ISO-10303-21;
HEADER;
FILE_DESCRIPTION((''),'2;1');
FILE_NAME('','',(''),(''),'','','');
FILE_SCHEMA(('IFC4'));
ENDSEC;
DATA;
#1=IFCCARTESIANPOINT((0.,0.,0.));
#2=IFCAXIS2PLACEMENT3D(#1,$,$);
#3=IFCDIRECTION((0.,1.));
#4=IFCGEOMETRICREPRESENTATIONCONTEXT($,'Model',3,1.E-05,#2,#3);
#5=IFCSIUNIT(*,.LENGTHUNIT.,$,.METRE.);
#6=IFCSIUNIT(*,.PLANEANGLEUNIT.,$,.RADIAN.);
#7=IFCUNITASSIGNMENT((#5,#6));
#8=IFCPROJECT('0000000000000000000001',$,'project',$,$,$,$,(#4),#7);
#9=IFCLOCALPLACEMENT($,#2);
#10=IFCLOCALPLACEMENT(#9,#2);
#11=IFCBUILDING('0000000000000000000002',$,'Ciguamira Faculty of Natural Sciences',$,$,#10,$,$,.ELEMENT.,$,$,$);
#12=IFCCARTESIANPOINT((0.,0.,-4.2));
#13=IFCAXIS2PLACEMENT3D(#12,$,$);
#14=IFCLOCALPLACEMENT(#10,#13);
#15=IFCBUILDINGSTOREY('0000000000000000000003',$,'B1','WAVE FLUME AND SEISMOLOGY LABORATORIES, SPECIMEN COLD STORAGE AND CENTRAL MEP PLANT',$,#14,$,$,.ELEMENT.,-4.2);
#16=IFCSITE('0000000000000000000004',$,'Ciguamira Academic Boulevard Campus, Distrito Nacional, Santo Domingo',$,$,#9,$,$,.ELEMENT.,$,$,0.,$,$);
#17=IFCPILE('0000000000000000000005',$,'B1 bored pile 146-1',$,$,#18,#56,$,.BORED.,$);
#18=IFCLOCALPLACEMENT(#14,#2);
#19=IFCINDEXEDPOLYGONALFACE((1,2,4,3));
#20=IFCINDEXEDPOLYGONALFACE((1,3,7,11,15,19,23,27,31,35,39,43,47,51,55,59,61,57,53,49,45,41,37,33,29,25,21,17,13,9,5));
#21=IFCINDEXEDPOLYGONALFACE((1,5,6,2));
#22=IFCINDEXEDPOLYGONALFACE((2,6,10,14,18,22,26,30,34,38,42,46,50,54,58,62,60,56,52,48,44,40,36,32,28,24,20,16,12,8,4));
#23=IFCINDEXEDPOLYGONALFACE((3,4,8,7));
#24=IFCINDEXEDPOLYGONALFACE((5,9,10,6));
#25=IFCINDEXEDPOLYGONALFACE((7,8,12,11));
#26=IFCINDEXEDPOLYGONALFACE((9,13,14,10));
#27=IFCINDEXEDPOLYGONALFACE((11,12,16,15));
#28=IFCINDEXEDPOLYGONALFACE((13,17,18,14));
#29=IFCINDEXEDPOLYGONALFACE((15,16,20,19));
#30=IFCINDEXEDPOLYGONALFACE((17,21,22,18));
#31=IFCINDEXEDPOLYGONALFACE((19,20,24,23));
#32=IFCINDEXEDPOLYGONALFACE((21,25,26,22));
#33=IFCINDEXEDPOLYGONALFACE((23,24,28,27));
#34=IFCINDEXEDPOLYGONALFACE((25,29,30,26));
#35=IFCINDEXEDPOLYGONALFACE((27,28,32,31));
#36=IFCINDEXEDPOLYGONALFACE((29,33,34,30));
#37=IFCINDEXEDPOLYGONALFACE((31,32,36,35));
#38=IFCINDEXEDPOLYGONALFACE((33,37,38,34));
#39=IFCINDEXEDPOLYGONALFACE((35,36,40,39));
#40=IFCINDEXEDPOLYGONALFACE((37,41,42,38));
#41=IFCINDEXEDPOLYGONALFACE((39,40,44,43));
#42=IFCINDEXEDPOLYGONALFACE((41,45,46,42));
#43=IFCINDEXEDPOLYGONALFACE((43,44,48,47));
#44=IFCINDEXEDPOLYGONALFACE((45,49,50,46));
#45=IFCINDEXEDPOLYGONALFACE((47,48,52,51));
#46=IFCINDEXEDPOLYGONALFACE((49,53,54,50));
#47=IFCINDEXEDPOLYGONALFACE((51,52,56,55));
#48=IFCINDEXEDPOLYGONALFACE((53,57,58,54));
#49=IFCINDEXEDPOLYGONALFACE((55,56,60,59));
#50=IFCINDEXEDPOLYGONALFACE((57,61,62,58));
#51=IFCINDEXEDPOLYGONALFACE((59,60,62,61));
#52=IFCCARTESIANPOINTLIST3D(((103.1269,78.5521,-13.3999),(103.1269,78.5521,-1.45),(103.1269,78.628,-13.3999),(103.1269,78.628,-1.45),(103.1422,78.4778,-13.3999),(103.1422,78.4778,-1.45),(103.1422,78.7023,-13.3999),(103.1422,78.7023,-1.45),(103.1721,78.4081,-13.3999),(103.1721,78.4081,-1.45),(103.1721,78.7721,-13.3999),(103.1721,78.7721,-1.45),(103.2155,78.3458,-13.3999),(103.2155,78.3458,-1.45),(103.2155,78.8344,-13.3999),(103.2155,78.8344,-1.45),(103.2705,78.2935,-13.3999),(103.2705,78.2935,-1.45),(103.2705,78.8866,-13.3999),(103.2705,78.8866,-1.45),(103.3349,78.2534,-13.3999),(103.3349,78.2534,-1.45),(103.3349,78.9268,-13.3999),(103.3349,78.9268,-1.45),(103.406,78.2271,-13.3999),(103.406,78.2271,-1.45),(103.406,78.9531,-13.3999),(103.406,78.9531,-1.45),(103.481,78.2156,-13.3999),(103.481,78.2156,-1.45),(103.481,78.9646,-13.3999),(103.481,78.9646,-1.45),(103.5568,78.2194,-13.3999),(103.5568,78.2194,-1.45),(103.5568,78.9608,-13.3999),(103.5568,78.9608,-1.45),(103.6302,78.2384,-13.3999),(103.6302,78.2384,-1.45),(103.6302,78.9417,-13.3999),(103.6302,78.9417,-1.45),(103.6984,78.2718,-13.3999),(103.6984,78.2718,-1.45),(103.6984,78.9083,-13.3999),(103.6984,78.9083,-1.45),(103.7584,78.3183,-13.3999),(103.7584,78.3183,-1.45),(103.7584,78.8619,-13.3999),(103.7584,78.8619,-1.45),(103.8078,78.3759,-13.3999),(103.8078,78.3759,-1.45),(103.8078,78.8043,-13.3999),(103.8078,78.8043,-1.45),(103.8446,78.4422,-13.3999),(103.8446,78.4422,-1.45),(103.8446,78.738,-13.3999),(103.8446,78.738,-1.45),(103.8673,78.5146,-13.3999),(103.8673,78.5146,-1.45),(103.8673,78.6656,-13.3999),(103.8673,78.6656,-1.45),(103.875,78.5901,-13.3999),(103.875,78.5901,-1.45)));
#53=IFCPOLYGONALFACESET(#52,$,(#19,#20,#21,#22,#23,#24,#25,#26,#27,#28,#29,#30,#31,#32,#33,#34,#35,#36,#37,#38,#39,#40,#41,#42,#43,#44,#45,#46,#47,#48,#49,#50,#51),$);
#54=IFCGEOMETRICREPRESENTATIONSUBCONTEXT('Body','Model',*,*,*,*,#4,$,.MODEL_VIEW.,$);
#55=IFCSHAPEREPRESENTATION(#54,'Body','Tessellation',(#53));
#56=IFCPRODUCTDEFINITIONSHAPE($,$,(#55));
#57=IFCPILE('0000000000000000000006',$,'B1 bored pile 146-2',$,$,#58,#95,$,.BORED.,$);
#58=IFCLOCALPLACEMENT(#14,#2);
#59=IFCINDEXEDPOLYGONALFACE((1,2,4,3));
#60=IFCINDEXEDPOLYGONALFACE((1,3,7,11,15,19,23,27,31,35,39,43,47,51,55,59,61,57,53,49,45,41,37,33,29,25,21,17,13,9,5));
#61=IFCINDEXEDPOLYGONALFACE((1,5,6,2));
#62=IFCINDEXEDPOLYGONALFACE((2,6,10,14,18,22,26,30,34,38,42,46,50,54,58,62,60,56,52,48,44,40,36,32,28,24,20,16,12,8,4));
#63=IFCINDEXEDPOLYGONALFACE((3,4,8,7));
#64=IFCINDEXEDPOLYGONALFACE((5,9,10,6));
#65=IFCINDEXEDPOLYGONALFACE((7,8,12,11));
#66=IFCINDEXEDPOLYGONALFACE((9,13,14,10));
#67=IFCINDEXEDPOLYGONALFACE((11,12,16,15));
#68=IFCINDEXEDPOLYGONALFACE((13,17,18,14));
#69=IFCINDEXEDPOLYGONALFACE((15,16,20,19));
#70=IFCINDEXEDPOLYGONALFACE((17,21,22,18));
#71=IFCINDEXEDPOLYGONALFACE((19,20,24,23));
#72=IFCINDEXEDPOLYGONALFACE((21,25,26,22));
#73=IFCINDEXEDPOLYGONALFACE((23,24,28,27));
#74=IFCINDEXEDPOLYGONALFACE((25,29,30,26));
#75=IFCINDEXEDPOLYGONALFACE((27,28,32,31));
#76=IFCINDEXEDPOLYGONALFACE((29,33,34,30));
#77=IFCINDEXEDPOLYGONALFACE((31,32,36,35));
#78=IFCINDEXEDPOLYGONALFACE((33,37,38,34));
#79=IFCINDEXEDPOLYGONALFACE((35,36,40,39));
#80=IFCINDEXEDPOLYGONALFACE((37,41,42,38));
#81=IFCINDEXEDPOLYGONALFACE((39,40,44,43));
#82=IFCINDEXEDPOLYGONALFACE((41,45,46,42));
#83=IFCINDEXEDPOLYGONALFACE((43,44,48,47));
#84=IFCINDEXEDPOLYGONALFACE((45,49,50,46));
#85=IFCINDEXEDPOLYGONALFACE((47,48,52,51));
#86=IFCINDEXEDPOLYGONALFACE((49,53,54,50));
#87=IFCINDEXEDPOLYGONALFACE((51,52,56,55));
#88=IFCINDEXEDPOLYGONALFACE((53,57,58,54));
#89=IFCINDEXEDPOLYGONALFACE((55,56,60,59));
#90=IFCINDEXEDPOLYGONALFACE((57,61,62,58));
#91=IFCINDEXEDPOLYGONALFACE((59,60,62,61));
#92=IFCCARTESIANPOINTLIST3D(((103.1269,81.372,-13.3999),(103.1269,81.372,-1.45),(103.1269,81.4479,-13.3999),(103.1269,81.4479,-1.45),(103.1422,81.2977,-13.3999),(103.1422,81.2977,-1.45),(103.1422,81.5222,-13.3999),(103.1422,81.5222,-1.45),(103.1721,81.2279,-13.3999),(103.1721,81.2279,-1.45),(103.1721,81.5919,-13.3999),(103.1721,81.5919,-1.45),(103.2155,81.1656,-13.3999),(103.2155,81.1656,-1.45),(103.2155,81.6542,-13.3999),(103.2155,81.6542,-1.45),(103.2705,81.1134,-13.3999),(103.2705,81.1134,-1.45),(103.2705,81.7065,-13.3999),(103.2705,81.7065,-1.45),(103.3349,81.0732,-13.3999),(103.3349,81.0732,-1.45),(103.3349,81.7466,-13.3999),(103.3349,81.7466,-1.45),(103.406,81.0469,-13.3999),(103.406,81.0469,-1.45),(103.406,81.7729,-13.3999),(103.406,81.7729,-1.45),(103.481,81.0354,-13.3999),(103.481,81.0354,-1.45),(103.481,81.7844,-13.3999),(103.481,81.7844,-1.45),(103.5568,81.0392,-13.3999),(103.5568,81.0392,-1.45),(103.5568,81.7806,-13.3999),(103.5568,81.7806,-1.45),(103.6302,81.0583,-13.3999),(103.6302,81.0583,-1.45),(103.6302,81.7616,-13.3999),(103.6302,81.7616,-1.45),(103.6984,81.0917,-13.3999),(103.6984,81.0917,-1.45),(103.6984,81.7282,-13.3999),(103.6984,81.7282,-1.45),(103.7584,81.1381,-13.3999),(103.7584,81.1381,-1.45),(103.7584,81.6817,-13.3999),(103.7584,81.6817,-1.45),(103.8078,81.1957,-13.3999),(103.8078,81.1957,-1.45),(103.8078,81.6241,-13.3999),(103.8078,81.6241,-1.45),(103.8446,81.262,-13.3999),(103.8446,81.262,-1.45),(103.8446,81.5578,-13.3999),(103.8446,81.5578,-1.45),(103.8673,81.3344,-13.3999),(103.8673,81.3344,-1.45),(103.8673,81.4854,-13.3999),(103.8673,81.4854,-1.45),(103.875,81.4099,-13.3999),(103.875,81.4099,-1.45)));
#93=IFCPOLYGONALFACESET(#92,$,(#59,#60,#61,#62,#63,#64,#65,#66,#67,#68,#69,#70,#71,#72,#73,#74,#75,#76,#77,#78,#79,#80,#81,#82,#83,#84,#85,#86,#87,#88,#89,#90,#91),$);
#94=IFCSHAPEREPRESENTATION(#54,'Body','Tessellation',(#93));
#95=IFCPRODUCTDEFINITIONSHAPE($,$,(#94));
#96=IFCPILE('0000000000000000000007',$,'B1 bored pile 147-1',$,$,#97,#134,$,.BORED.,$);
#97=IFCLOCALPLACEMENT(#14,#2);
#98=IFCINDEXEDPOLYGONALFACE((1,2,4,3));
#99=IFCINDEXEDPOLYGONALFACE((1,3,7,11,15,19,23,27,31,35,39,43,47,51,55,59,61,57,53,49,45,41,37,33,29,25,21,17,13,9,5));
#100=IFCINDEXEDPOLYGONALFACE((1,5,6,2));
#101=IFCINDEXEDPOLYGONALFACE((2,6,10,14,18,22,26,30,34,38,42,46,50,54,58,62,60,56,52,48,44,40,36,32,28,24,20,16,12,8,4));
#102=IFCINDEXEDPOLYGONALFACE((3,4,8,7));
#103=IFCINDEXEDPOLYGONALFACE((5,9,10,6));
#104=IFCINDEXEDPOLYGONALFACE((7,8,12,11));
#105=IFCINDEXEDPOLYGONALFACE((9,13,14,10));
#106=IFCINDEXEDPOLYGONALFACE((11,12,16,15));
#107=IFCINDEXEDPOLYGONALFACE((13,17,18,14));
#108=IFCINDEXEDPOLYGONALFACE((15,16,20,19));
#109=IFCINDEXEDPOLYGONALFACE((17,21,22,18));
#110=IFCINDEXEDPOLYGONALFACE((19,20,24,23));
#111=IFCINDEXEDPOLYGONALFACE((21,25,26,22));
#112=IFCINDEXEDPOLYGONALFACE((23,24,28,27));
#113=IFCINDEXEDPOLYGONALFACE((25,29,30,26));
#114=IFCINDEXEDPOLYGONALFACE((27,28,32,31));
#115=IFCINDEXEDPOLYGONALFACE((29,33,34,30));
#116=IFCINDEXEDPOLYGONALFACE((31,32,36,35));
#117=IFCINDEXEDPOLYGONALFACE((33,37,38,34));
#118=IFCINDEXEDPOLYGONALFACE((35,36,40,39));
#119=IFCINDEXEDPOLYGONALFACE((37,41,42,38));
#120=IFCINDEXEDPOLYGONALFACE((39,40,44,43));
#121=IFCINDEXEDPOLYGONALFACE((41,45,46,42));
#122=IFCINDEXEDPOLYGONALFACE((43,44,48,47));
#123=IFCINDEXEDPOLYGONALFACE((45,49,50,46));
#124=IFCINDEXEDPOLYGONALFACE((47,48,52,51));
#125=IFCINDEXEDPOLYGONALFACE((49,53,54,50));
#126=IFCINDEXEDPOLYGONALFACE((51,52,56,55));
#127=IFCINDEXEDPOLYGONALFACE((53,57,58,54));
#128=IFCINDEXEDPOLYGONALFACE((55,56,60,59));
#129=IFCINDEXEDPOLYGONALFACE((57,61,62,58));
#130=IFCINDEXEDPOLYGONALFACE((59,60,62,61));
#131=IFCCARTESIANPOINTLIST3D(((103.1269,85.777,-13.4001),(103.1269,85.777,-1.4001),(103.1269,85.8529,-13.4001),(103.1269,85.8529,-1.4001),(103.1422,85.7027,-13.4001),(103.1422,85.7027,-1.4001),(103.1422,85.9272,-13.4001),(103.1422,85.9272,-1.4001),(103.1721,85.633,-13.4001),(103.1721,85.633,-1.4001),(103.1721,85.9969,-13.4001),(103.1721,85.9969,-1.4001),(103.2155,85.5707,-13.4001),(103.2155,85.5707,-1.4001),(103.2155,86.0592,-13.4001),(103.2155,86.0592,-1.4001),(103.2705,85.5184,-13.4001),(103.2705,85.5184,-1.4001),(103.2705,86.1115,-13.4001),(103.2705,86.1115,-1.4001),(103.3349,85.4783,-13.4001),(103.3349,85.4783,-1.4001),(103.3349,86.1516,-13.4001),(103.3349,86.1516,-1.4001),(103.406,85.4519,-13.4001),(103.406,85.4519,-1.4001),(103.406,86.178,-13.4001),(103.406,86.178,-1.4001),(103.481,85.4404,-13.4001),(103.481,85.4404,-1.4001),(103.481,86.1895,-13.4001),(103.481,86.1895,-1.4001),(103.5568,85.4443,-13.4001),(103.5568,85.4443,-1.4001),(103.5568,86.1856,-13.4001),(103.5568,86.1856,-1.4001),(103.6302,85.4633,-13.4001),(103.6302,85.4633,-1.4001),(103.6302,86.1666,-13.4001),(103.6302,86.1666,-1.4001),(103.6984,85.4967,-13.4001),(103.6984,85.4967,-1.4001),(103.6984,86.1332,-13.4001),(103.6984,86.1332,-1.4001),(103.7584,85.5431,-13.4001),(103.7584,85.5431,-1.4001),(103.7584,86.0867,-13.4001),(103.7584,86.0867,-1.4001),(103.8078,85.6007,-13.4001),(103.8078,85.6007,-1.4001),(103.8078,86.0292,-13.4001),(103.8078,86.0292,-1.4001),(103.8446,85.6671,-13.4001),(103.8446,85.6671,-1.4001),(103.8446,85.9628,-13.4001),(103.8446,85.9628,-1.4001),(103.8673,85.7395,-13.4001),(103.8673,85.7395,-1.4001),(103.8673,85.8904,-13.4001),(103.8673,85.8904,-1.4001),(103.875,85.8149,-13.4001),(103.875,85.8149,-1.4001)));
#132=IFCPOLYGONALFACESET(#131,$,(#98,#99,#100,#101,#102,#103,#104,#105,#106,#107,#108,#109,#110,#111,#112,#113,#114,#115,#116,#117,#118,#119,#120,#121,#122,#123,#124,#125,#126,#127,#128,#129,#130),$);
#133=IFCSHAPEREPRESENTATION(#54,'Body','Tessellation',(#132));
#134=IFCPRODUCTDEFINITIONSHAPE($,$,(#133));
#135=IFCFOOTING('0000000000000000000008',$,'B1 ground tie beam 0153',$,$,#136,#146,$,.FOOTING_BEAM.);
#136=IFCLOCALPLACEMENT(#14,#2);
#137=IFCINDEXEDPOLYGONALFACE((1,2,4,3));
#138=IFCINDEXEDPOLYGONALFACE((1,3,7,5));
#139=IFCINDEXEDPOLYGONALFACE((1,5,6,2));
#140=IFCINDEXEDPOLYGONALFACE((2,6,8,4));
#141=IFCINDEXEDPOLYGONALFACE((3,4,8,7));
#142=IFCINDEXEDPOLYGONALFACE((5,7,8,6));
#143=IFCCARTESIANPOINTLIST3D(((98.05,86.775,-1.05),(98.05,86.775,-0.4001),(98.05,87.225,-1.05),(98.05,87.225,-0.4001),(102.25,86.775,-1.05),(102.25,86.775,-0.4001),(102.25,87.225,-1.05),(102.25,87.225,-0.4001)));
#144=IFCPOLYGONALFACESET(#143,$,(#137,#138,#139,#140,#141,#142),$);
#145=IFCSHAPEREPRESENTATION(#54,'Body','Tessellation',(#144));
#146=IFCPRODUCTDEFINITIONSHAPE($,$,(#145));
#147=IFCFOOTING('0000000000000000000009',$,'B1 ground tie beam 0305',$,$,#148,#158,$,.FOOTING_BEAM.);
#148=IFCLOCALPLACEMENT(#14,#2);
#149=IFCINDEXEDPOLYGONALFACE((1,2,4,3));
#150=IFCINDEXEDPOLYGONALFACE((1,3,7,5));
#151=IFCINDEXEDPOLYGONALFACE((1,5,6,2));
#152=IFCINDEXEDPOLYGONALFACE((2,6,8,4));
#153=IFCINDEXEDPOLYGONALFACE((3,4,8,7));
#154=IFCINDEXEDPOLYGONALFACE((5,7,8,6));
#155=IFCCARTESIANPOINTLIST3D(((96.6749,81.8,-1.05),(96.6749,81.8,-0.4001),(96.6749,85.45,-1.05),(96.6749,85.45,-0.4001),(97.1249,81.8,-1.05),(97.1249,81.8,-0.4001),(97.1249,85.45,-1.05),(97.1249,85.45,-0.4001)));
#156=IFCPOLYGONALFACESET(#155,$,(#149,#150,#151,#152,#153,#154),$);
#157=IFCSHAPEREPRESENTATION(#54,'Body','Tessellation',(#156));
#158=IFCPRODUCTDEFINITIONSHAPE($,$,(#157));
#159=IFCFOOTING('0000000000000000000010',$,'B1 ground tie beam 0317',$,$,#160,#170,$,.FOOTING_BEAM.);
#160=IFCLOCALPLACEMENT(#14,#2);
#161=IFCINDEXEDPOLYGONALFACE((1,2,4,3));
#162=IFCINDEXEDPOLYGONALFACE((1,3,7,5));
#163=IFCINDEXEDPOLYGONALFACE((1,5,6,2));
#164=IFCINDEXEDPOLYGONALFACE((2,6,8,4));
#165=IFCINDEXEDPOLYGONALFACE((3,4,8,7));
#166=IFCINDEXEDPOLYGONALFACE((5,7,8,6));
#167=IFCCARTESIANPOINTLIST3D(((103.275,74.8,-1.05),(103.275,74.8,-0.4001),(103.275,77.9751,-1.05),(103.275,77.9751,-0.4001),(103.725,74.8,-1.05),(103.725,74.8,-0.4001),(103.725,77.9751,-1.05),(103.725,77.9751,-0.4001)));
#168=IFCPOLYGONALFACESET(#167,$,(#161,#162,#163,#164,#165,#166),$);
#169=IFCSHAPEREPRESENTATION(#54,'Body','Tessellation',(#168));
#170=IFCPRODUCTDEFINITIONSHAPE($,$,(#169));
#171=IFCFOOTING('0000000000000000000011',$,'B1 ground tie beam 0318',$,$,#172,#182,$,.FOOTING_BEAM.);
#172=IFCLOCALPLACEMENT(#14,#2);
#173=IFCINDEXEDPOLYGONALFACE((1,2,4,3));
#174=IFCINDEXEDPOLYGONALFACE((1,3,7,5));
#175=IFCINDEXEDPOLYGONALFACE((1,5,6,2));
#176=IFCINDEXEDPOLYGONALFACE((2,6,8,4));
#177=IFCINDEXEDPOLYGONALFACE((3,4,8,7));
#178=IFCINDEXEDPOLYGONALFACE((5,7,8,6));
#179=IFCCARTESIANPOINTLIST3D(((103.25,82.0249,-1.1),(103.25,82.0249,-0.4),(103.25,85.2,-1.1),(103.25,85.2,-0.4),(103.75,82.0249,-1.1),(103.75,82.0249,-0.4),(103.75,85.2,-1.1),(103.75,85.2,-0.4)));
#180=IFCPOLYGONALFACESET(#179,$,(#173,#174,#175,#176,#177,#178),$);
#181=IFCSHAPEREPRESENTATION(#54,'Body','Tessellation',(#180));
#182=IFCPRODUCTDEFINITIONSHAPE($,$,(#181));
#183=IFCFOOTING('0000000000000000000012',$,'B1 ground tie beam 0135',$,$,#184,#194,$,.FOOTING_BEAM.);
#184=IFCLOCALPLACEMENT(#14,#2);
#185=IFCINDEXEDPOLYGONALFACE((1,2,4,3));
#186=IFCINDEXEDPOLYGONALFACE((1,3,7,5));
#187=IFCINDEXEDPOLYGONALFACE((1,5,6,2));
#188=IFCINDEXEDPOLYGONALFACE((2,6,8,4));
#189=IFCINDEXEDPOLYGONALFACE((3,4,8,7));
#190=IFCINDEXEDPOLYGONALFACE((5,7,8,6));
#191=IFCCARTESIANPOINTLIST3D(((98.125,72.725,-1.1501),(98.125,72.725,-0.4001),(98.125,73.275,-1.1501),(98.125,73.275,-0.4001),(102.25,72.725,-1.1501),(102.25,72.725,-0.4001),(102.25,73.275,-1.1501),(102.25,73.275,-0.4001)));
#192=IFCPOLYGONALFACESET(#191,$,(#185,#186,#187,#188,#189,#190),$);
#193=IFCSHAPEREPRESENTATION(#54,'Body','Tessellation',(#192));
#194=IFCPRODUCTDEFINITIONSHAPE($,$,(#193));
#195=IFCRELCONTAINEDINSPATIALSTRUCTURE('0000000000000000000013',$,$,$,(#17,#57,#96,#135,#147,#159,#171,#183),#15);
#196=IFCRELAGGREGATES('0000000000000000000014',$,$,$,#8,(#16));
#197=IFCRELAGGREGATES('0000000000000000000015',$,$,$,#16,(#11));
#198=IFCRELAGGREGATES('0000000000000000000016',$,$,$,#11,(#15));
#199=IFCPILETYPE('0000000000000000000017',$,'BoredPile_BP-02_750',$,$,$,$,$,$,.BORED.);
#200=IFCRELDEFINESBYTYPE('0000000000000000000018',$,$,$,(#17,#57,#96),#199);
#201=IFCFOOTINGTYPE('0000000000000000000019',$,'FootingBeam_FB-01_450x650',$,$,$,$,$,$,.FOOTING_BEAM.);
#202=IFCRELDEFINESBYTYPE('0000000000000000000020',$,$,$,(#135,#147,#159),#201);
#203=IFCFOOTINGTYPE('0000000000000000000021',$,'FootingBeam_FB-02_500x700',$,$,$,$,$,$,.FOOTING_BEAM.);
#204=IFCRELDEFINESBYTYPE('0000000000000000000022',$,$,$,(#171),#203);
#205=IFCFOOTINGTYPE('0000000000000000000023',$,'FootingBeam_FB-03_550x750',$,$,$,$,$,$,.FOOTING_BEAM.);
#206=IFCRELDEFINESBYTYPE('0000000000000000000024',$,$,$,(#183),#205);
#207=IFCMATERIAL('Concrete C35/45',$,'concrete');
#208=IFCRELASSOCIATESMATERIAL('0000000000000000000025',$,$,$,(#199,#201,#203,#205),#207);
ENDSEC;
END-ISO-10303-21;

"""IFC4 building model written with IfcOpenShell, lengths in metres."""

from ifc_helpers import new_model, si_unit, direction, frame, origin, origin_2d, place, context, subcontext, project, spatial, rectangle, circle, extrude, material, material_profile, profile_set, type_object, element, save


model = new_model("IFC4")

# Units and contexts
model_context = context("Model", 3, precision=1e-05, world=origin(), true_north=direction((0.0, 1.0)))
body_context = subcontext(model_context, "Body", "Model", "MODEL_VIEW")
ifc_project = project(units=[si_unit("LENGTHUNIT", "METRE"), si_unit("PLANEANGLEUNIT", "RADIAN")], contexts=[model_context])

# Site, building, storey
site_placement = place(None, origin())
site = spatial("IfcSite", under=ifc_project, at=site_placement, Name="Ciguamira Academic Boulevard Campus, Distrito Nacional, Santo Domingo", CompositionType="ELEMENT", RefElevation=0.0)
building_placement = place(site_placement, origin())
building = spatial("IfcBuilding", under=site, at=building_placement, Name="Ciguamira Faculty of Natural Sciences", CompositionType="ELEMENT")
storey_placement = place(building_placement, frame((0.0, 0.0, -4.2)))
storey = spatial("IfcBuildingStorey", under=building, at=storey_placement, Name="B1", Description="WAVE FLUME AND SEISMOLOGY LABORATORIES, SPECIMEN COLD STORAGE AND CENTRAL MEP PLANT", CompositionType="ELEMENT", Elevation=-4.2)

# Piles
ifc_material_1 = material(Name="Concrete C35/45", Category="concrete")
ifc_material_profile_1 = material_profile(ifc_material_1, circle(Radius=0.375, at=origin_2d()), Name="PILE-BORED-750")
ifc_profile_set_1 = profile_set([ifc_material_profile_1], Name="Concrete C35/45")
pile_type = type_object("IfcPileType", Name="BoredPile_BP-02_750", PredefinedType="BORED", material=ifc_profile_set_1)
for number, where, z_axis, x_axis, name in (
    (1, (103.5, 78.5901, -1.45), (0.0, 0.0, -1.0), (1.0, 0.0, 0.0), "B1 bored pile 146-1"),
    (2, (103.5, 81.4099, -1.45), (0.0, 0.0, -1.0), (1.0, 0.0, 0.0), "B1 bored pile 146-2"),
):
    element("IfcPile", number, at=place(storey_placement, frame(where, z_axis=z_axis, x_axis=x_axis)), inside=storey, type_object=pile_type, Name=name, PredefinedType="BORED", context=body_context, shape_type="SweptSolid", body=[
        extrude(circle(Radius=0.375, at=origin_2d()), origin(), (0.0, 0.0, 1.0), 11.95),
    ])
pile_1_placement = place(storey_placement, frame((103.5, 85.8149, -1.4001), z_axis=(0.0, 0.0, -1.0), x_axis=(1.0, 0.0, 0.0)))
element("IfcPile", 3, at=pile_1_placement, inside=storey, type_object=pile_type, Name="B1 bored pile 147-1", PredefinedType="BORED", context=body_context, shape_type="SweptSolid", body=[
    extrude(circle(Radius=0.375, at=origin_2d()), origin(), (0.0, 0.0, 1.0), 12.0),
])

# Footings
ifc_material_profile_2 = material_profile(ifc_material_1, rectangle(XDim=0.45, YDim=0.6499, at=origin_2d()), Name="RC-FB-450X650")
ifc_profile_set_2 = profile_set([ifc_material_profile_2], Name="Concrete C35/45")
footing_type_1 = type_object("IfcFootingType", Name="FootingBeam_FB-01_450x650", PredefinedType="FOOTING_BEAM", material=ifc_profile_set_2)
footing_1_placement = place(storey_placement, frame((98.05, 87.0, -0.7251), z_axis=(1.0, 0.0, 0.0), x_axis=(0.0, 1.0, 0.0)))
element("IfcFooting", 4, at=footing_1_placement, inside=storey, type_object=footing_type_1, Name="B1 ground tie beam 0153", PredefinedType="FOOTING_BEAM", context=body_context, shape_type="SweptSolid", body=[
    extrude(rectangle(XDim=0.45, YDim=0.6499, at=origin_2d()), origin(), (0.0, 0.0, 1.0), 4.2),
])
footing_2_placement = place(storey_placement, frame((96.8999, 81.8, -0.7251), z_axis=(0.0, 1.0, 0.0), x_axis=(-1.0, 0.0, 0.0)))
element("IfcFooting", 5, at=footing_2_placement, inside=storey, type_object=footing_type_1, Name="B1 ground tie beam 0305", PredefinedType="FOOTING_BEAM", context=body_context, shape_type="SweptSolid", body=[
    extrude(rectangle(XDim=0.45, YDim=0.6499, at=origin_2d()), origin(), (0.0, 0.0, 1.0), 3.6499),
])
footing_3_placement = place(storey_placement, frame((103.5, 74.8, -0.7251), z_axis=(0.0, 1.0, 0.0), x_axis=(-1.0, 0.0, 0.0)))
element("IfcFooting", 6, at=footing_3_placement, inside=storey, type_object=footing_type_1, Name="B1 ground tie beam 0317", PredefinedType="FOOTING_BEAM", context=body_context, shape_type="SweptSolid", body=[
    extrude(rectangle(XDim=0.45, YDim=0.6499, at=origin_2d()), origin(), (0.0, 0.0, 1.0), 3.175),
])
ifc_material_profile_3 = material_profile(ifc_material_1, rectangle(XDim=0.5, YDim=0.7, at=origin_2d()), Name="RC-FB-500X700")
ifc_profile_set_3 = profile_set([ifc_material_profile_3], Name="Concrete C35/45")
footing_type_2 = type_object("IfcFootingType", Name="FootingBeam_FB-02_500x700", PredefinedType="FOOTING_BEAM", material=ifc_profile_set_3)
footing_4_placement = place(storey_placement, frame((103.5, 82.0249, -0.75), z_axis=(0.0, 1.0, 0.0), x_axis=(-1.0, 0.0, 0.0)))
element("IfcFooting", 7, at=footing_4_placement, inside=storey, type_object=footing_type_2, Name="B1 ground tie beam 0318", PredefinedType="FOOTING_BEAM", context=body_context, shape_type="SweptSolid", body=[
    extrude(rectangle(XDim=0.5, YDim=0.7, at=origin_2d()), origin(), (0.0, 0.0, 1.0), 3.175),
])
ifc_material_profile_4 = material_profile(ifc_material_1, rectangle(XDim=0.55, YDim=0.75, at=origin_2d()), Name="RC-FB-550X750")
ifc_profile_set_4 = profile_set([ifc_material_profile_4], Name="Concrete C35/45")
footing_type_3 = type_object("IfcFootingType", Name="FootingBeam_FB-03_550x750", PredefinedType="FOOTING_BEAM", material=ifc_profile_set_4)
footing_5_placement = place(storey_placement, frame((98.125, 73.0, -0.7751), z_axis=(1.0, 0.0, 0.0), x_axis=(0.0, 1.0, 0.0)))
element("IfcFooting", 8, at=footing_5_placement, inside=storey, type_object=footing_type_3, Name="B1 ground tie beam 0135", PredefinedType="FOOTING_BEAM", context=body_context, shape_type="SweptSolid", body=[
    extrude(rectangle(XDim=0.55, YDim=0.75, at=origin_2d()), origin(), (0.0, 0.0, 1.0), 4.125),
])

save(model, "model.ifc")
